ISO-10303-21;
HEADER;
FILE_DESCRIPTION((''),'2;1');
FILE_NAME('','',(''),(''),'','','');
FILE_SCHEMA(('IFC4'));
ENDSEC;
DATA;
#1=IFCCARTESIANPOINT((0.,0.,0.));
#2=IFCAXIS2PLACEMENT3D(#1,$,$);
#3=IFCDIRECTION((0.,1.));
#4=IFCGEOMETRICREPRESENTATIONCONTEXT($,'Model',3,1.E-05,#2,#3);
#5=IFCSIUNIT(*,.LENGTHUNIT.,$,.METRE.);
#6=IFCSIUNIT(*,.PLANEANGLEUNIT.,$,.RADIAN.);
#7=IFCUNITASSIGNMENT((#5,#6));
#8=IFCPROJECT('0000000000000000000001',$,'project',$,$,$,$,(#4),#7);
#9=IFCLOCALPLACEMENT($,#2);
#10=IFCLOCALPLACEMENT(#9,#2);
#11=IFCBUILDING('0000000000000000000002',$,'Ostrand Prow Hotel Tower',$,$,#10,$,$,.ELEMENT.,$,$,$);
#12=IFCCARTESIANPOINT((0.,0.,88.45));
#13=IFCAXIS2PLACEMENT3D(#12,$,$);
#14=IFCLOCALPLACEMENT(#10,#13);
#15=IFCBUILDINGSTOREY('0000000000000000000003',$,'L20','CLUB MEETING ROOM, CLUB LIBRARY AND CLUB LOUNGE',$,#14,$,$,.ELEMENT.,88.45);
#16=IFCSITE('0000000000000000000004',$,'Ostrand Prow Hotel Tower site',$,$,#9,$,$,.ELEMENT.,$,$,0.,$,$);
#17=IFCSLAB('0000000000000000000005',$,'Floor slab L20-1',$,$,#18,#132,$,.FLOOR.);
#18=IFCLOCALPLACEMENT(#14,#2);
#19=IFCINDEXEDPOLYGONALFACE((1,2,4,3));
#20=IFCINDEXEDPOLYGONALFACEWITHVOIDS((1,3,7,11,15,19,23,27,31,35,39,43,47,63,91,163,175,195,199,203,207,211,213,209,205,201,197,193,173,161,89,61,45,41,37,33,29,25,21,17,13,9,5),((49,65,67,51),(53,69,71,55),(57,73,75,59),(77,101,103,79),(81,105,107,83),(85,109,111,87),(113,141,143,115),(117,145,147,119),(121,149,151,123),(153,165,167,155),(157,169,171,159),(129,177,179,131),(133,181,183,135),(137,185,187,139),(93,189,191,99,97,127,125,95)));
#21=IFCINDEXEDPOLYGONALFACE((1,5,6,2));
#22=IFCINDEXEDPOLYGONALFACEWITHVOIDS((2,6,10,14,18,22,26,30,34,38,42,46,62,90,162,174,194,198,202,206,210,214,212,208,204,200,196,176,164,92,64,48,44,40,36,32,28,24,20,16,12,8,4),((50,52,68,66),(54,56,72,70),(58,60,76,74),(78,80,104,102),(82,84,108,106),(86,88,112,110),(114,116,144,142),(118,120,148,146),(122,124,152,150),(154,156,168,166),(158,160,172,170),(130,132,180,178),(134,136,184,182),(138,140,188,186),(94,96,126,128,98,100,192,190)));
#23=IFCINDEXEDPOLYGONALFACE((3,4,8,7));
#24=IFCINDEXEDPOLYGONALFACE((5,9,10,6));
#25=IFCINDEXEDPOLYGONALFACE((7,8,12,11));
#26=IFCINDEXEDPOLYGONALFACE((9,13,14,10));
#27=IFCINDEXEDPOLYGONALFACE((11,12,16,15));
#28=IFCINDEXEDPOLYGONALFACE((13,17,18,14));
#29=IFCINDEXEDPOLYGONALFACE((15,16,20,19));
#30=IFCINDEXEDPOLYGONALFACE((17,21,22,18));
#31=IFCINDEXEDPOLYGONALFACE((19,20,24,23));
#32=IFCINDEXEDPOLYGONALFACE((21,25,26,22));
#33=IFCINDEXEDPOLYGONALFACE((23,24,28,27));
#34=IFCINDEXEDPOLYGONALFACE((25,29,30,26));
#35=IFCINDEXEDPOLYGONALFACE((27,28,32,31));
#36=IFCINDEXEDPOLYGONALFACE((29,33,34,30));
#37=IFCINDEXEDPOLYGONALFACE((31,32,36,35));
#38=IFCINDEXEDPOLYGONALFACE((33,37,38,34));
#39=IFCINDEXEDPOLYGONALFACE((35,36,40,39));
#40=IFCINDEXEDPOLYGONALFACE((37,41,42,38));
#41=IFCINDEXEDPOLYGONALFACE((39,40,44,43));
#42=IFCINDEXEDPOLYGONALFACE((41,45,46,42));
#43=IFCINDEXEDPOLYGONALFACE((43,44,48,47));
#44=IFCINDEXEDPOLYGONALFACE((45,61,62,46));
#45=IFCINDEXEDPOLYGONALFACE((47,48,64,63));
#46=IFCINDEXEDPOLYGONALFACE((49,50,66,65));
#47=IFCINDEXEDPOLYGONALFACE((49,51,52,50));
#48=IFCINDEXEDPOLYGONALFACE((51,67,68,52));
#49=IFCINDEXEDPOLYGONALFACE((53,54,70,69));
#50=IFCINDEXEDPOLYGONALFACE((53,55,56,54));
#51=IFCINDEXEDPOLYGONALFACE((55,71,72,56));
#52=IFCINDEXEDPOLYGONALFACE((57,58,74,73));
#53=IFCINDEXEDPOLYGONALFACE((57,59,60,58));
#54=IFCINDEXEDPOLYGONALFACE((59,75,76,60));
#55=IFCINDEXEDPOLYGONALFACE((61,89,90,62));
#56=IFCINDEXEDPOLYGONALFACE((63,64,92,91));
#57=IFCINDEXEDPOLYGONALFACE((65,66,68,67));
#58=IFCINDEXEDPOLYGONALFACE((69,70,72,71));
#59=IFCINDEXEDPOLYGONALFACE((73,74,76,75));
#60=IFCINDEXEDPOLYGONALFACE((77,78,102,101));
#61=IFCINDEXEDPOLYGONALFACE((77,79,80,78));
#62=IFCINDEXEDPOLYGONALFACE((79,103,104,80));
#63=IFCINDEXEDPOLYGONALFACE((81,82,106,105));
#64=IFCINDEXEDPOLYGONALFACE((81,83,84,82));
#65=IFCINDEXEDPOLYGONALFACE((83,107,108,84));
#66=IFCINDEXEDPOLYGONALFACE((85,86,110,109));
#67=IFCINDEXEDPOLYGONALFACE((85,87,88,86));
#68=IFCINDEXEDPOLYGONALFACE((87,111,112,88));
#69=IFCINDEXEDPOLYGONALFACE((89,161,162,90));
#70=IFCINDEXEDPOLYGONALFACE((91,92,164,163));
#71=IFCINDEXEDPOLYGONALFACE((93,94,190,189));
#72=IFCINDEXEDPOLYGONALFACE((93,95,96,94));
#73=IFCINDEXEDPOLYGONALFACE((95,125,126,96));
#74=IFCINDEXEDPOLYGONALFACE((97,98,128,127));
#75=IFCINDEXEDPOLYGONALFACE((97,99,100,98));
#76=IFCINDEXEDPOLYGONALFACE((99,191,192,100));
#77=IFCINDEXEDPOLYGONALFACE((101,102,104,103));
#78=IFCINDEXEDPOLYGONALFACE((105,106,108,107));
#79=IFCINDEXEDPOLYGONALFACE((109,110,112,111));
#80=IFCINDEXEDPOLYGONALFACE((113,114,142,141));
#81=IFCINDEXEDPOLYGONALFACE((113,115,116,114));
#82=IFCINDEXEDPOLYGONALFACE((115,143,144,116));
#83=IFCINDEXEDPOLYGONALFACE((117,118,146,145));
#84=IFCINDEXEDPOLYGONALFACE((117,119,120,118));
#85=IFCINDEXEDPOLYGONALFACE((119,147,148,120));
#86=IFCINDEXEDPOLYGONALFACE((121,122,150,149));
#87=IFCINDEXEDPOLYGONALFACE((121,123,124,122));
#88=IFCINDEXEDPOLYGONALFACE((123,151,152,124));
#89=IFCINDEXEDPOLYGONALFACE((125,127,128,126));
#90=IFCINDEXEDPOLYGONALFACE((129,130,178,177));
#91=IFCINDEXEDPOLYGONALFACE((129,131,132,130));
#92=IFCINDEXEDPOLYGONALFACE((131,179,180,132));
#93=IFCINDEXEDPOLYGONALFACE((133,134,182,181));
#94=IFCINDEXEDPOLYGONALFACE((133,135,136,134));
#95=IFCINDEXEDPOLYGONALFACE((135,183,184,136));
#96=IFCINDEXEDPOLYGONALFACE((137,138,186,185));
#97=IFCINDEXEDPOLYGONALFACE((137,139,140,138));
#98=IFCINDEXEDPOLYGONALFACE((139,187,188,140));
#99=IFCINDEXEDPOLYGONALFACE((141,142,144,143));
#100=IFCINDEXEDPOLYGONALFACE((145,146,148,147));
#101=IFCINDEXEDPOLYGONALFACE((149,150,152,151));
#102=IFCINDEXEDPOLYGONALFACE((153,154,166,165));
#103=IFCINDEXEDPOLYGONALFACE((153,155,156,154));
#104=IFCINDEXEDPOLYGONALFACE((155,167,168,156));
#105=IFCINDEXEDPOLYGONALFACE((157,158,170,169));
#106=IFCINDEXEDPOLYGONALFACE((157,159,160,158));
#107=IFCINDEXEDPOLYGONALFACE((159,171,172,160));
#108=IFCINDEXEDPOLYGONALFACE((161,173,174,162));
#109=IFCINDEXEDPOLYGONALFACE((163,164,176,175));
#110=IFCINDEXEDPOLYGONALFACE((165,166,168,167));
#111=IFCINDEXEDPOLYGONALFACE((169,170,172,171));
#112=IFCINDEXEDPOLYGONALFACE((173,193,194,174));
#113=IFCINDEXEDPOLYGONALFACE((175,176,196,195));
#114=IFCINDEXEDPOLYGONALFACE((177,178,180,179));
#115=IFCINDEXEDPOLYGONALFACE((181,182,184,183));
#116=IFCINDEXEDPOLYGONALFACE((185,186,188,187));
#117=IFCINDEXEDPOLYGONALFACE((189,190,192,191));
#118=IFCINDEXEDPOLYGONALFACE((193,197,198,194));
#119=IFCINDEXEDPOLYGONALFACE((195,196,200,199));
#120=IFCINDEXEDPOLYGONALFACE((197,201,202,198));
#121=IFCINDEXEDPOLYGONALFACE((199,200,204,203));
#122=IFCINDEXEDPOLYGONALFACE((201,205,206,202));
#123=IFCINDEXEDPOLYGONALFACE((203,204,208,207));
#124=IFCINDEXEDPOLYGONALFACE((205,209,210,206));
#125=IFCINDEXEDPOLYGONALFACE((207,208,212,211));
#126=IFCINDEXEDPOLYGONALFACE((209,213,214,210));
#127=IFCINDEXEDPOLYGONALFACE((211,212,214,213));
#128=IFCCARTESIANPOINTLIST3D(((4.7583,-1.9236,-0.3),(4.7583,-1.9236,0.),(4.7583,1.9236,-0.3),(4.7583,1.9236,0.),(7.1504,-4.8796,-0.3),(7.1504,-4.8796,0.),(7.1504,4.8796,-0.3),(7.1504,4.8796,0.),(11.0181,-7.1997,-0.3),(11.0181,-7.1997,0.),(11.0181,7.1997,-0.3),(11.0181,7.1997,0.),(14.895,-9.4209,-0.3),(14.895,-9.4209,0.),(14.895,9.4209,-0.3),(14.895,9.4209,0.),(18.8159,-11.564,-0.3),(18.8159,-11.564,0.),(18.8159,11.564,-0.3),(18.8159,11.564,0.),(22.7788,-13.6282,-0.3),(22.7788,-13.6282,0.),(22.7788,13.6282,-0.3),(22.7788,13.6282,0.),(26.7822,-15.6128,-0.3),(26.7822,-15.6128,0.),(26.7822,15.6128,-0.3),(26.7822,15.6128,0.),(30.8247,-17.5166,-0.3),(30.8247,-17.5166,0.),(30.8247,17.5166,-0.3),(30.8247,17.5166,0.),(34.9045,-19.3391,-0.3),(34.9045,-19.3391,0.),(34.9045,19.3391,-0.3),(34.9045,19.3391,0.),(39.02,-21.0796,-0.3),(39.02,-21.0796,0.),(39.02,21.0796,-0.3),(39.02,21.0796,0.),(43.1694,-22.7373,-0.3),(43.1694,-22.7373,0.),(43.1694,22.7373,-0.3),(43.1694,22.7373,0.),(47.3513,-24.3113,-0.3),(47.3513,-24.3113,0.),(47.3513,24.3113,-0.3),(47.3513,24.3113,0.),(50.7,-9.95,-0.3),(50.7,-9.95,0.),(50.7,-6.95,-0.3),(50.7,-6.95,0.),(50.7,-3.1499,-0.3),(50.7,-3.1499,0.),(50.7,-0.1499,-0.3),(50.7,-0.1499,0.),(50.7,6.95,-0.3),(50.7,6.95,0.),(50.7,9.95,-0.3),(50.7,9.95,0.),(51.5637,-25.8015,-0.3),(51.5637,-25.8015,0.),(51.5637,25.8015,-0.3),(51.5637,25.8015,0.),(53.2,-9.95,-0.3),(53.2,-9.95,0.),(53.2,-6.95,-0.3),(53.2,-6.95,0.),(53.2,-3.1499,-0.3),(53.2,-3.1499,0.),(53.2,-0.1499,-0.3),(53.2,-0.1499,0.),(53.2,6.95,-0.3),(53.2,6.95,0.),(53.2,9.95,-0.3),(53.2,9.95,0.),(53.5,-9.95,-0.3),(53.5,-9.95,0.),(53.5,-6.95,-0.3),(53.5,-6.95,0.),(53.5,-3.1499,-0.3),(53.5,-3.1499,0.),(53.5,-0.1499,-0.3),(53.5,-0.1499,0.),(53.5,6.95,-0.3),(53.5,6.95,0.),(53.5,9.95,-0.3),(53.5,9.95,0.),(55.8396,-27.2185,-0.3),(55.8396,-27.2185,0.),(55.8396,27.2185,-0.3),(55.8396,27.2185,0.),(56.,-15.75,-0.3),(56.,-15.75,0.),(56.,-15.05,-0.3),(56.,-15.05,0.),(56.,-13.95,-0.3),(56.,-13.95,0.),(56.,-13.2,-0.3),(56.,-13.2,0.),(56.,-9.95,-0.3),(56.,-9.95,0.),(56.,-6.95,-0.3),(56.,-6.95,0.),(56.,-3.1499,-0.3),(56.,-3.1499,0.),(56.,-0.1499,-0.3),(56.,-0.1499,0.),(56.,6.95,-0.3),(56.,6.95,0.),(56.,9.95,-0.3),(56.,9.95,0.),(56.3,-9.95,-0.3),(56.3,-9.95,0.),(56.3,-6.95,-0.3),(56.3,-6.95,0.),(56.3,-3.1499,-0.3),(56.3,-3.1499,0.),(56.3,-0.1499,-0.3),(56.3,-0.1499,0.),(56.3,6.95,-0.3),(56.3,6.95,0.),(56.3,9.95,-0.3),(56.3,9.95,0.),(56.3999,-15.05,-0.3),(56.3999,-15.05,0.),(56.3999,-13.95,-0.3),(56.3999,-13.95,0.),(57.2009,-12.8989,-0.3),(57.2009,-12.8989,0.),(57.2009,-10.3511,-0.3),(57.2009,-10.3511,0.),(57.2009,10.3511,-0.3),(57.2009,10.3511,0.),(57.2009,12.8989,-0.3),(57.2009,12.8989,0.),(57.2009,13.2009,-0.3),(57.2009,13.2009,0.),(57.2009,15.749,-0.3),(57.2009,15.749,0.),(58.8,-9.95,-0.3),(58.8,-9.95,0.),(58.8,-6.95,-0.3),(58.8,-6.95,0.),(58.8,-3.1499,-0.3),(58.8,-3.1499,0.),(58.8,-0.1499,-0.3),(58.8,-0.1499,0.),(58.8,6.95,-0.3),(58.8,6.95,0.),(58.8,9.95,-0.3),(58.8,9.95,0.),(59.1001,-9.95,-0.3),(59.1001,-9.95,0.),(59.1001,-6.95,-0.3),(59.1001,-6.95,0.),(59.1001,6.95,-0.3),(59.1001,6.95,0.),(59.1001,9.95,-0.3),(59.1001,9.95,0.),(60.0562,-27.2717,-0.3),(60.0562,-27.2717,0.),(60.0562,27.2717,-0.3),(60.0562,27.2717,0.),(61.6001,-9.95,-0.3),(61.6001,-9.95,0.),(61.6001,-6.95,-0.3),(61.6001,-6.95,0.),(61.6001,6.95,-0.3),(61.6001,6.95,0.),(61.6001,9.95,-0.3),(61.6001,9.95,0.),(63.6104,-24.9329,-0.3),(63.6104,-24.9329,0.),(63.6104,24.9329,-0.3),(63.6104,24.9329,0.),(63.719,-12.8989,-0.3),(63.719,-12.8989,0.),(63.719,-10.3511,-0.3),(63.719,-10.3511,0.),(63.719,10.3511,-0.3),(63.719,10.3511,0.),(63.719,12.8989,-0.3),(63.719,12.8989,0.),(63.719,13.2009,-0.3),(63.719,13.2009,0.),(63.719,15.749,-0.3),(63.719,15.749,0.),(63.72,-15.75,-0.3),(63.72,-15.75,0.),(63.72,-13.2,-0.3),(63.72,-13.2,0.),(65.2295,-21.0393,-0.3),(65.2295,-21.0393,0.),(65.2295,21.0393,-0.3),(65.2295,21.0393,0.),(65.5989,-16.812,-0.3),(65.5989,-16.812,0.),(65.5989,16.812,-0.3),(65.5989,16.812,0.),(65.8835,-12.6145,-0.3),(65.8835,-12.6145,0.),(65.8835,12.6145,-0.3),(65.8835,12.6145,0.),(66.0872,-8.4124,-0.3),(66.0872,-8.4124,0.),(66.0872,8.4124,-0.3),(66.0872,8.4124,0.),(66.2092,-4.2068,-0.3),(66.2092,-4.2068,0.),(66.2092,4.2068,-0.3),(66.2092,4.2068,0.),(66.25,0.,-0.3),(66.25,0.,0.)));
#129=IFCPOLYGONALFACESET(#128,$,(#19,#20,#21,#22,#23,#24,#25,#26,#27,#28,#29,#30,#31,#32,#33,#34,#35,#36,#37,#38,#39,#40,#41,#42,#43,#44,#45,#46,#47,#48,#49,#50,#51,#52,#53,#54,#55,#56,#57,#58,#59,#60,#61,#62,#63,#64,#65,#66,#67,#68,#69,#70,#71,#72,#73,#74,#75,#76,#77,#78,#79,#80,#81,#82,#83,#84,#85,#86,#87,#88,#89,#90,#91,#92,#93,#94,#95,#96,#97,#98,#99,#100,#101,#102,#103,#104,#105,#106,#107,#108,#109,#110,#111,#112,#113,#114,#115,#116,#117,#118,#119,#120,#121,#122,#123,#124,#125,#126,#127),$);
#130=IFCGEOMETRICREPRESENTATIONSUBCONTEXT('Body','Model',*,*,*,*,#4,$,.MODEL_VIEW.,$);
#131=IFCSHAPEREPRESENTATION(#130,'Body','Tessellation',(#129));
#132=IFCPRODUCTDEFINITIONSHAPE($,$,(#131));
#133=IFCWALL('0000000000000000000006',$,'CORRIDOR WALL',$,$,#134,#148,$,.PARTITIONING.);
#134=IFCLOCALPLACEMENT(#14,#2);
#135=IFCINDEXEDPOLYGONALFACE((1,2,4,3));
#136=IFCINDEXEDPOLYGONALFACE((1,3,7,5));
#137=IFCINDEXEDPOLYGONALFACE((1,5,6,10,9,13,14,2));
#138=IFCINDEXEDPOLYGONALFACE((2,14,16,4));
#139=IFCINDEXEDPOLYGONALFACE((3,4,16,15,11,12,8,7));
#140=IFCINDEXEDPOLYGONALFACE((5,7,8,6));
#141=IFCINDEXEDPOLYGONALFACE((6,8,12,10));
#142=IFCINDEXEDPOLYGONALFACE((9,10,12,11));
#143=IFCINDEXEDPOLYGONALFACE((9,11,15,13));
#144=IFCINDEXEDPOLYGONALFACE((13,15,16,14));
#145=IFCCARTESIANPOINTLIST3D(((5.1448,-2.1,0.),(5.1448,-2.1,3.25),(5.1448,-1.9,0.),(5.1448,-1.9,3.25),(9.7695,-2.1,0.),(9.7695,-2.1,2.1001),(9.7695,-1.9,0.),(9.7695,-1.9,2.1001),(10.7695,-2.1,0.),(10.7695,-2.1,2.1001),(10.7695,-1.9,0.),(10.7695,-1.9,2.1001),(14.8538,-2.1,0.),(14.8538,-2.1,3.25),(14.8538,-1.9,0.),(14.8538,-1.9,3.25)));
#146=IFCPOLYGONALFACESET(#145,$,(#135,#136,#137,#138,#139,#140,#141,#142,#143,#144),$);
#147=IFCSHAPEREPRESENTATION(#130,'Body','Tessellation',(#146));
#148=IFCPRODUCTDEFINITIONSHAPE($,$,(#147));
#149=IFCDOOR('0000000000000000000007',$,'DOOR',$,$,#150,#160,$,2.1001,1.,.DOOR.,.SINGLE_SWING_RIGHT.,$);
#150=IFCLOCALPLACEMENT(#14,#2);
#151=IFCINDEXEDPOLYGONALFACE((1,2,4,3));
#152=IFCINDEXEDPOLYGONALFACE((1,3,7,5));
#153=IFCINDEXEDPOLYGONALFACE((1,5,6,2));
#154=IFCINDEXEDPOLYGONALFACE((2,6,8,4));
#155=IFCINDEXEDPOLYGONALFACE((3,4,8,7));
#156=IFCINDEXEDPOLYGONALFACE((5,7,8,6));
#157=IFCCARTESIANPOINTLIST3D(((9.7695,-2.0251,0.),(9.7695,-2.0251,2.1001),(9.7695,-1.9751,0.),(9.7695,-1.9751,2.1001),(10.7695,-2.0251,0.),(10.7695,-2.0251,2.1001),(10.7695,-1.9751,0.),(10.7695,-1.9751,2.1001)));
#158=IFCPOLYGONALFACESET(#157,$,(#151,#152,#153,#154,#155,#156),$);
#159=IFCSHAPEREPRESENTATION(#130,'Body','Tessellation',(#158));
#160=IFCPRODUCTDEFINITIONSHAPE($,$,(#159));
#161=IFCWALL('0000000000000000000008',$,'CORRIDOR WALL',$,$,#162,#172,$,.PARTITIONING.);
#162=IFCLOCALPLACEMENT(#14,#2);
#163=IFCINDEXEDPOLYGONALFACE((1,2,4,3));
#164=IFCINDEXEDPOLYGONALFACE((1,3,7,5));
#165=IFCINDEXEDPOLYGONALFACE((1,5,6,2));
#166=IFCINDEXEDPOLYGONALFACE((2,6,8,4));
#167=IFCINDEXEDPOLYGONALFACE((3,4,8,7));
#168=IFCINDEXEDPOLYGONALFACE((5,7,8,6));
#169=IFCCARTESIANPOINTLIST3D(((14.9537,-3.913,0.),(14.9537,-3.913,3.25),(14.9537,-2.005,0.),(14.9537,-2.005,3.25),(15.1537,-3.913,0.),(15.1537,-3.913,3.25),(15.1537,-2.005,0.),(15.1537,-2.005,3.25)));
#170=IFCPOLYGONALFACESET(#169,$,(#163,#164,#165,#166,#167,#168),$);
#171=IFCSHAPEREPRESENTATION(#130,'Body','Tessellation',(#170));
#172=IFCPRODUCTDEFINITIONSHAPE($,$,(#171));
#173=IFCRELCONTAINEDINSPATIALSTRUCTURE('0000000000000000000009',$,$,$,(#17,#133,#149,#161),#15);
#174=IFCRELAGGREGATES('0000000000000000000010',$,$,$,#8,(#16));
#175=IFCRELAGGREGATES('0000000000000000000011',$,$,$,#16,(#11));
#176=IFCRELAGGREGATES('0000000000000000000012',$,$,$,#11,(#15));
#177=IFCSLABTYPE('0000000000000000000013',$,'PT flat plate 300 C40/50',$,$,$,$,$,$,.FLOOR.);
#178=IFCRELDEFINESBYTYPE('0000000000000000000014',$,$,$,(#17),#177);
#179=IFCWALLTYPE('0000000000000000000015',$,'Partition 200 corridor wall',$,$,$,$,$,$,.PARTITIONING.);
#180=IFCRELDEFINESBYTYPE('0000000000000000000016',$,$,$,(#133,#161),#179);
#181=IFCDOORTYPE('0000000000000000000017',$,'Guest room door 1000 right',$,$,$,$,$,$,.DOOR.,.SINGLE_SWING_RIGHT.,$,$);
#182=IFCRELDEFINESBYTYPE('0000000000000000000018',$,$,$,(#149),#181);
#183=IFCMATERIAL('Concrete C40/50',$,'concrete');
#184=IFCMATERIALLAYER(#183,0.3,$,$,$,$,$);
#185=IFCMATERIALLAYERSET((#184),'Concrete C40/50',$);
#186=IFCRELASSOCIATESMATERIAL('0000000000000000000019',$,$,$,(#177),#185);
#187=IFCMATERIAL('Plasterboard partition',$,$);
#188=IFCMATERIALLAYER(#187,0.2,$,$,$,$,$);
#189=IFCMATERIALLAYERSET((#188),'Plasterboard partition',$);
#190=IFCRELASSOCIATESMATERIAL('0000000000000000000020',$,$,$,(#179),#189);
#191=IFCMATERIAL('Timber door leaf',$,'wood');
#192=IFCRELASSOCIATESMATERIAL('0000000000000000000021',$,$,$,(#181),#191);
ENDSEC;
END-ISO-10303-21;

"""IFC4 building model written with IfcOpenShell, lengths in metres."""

from ifc_helpers import new_model, si_unit, direction, frame, frame_2d, origin, place, context, subcontext, project, spatial, polyline, rectangle, outline, extrude, material, layer, layer_set, type_object, element, fill, save


model = new_model("IFC4")

# Units and contexts
model_context = context("Model", 3, precision=1e-05, world=origin(), true_north=direction((0.0, 1.0)))
body_context = subcontext(model_context, "Body", "Model", "MODEL_VIEW")
ifc_project = project(units=[si_unit("LENGTHUNIT", "METRE"), si_unit("PLANEANGLEUNIT", "RADIAN")], contexts=[model_context])

# Site, building, storey
site_placement = place(None, origin())
site = spatial("IfcSite", under=ifc_project, at=site_placement, Name="Ostrand Prow Hotel Tower site", CompositionType="ELEMENT", RefElevation=0.0)
building_placement = place(site_placement, origin())
building = spatial("IfcBuilding", under=site, at=building_placement, Name="Ostrand Prow Hotel Tower", CompositionType="ELEMENT")
storey_placement = place(building_placement, frame((0.0, 0.0, 88.45)))
storey = spatial("IfcBuildingStorey", under=building, at=storey_placement, Name="L20", Description="CLUB MEETING ROOM, CLUB LIBRARY AND CLUB LOUNGE", CompositionType="ELEMENT", Elevation=88.45)

# Slab, opening
ifc_material_1 = material(Name="Concrete C40/50", Category="concrete")
ifc_layer_1 = layer(ifc_material_1, 0.3)
ifc_layer_set_1 = layer_set([ifc_layer_1], Name="Concrete C40/50")
slab_type = type_object("IfcSlabType", Name="PT flat plate 300 C40/50", PredefinedType="FLOOR", material=ifc_layer_set_1)
slab_placement = place(storey_placement, frame((0.0, 0.0, -0.3)))
slab = element("IfcSlab", 1, at=slab_placement, inside=storey, type_object=slab_type, Name="Floor slab L20-1", PredefinedType="FLOOR", context=body_context, shape_type="SweptSolid", body=[
    extrude(outline(polyline([(7.1504, 4.8796), (11.0181, 7.1997), (14.895, 9.4209), (18.8159, 11.564), (22.7788, 13.6282), (26.7822, 15.6128), (30.8247, 17.5166), (34.9045, 19.3391), (39.02, 21.0796), (43.1694, 22.7373), (47.3513, 24.3113), (51.5637, 25.8015), (55.8396, 27.2185), (60.0562, 27.2717), (63.6104, 24.9329), (65.2295, 21.0393), (65.5989, 16.812), (65.8835, 12.6145), (66.0872, 8.4124), (66.2092, 4.2068), (66.25, 0.0), (66.2092, -4.2068), (66.0872, -8.4124), (65.8835, -12.6145), (65.5989, -16.812), (65.2295, -21.0393), (63.6104, -24.9329), (60.0562, -27.2717), (55.8396, -27.2185), (51.5637, -25.8015), (47.3513, -24.3113), (43.1694, -22.7373), (39.02, -21.0796), (34.9045, -19.3391), (30.8247, -17.5166), (26.7822, -15.6128), (22.7788, -13.6282), (18.8159, -11.564), (14.895, -9.4209), (11.0181, -7.1997), (7.1504, -4.8796), (4.7583, -1.9236), (4.7583, 1.9236), (7.1504, 4.8796)]), holes=[polyline([(50.7, 6.95), (53.2, 6.95), (53.2, 9.95), (50.7, 9.95), (50.7, 6.95)]), polyline([(53.5, 6.95), (56.0, 6.95), (56.0, 9.95), (53.5, 9.95), (53.5, 6.95)]), polyline([(56.3, 6.95), (58.8, 6.95), (58.8, 9.95), (56.3, 9.95), (56.3, 6.95)]), polyline([(59.1001, 6.95), (61.6001, 6.95), (61.6001, 9.95), (59.1001, 9.95), (59.1001, 6.95)]), polyline([(50.7, -3.1499), (53.2, -3.1499), (53.2, -0.1499), (50.7, -0.1499), (50.7, -3.1499)]), polyline([(53.5, -3.1499), (56.0, -3.1499), (56.0, -0.1499), (53.5, -0.1499), (53.5, -3.1499)]), polyline([(56.3, -3.1499), (58.8, -3.1499), (58.8, -0.1499), (56.3, -0.1499), (56.3, -3.1499)]), polyline([(50.7, -9.95), (53.2, -9.95), (53.2, -6.95), (50.7, -6.95), (50.7, -9.95)]), polyline([(53.5, -9.95), (56.0, -9.95), (56.0, -6.95), (53.5, -6.95), (53.5, -9.95)]), polyline([(56.3, -9.95), (58.8, -9.95), (58.8, -6.95), (56.3, -6.95), (56.3, -9.95)]), polyline([(59.1001, -9.95), (61.6001, -9.95), (61.6001, -6.95), (59.1001, -6.95), (59.1001, -9.95)]), polyline([(57.2009, 10.3511), (57.2009, 12.8989), (63.719, 12.8989), (63.719, 10.3511), (57.2009, 10.3511)]), polyline([(57.2009, 13.2009), (57.2009, 15.749), (63.719, 15.749), (63.719, 13.2009), (57.2009, 13.2009)]), polyline([(57.2009, -12.8989), (57.2009, -10.3511), (63.719, -10.3511), (63.719, -12.8989), (57.2009, -12.8989)]), polyline([(56.0, -13.2), (63.72, -13.2), (63.72, -15.75), (56.0, -15.75), (56.0, -15.05), (56.3999, -15.05), (56.3999, -13.95), (56.0, -13.95), (56.0, -13.2)])]), origin(), (0.0, 0.0, 1.0), 0.3),
])
opening_1_placement = place(slab_placement, origin())
element("IfcOpeningElement", 2, at=opening_1_placement, cuts=slab, PredefinedType="OPENING", context=body_context, shape_type="SweptSolid", body=[
    extrude(outline(polyline([(56.0, -13.2), (63.72, -13.2), (63.72, -15.75), (56.0, -15.75), (56.0, -15.05), (56.3999, -15.05), (56.3999, -13.95), (56.0, -13.95), (56.0, -13.2)])), origin(), (0.0, 0.0, 1.0), 0.3),
])

# Wall, opening, door
ifc_material_2 = material(Name="Plasterboard partition")
ifc_layer_2 = layer(ifc_material_2, 0.2)
ifc_layer_set_2 = layer_set([ifc_layer_2], Name="Plasterboard partition")
wall_type_1 = type_object("IfcWallType", Name="Partition 200 corridor wall", PredefinedType="PARTITIONING", material=ifc_layer_set_2)
wall_1_placement = place(storey_placement, frame((5.1448, -2.0, 0.0), z_axis=(0.0, 0.0, 1.0), x_axis=(1.0, 0.0, 0.0)))
wall_1 = element("IfcWall", 3, at=wall_1_placement, inside=storey, type_object=wall_type_1, Name="CORRIDOR WALL", PredefinedType="PARTITIONING", context=body_context, shape_type="SweptSolid", body=[
    extrude(rectangle(XDim=9.709, YDim=0.2, at=frame_2d((4.8545, 0.0))), origin(), (0.0, 0.0, 1.0), 3.25),
])
opening_2_placement = place(wall_1_placement, frame((4.6248, 0.0, 0.0)))
opening_2 = element("IfcOpeningElement", 4, at=opening_2_placement, cuts=wall_1, PredefinedType="OPENING", context=body_context, shape_type="SweptSolid", body=[
    extrude(rectangle(XDim=1.0, YDim=2.1001, at=frame_2d((0.5, 1.05))), frame((0.0, 0.1099, 0.0), z_axis=(0.0, -1.0, 0.0), x_axis=(1.0, 0.0, 0.0)), (0.0, 0.0, 1.0), 0.22),
])
ifc_material_3 = material(Name="Timber door leaf", Category="wood")
door_type = type_object("IfcDoorType", Name="Guest room door 1000 right", OperationType="SINGLE_SWING_RIGHT", PredefinedType="DOOR", material=ifc_material_3)
door_placement = place(opening_2_placement, origin())
door = element("IfcDoor", 5, at=door_placement, inside=storey, type_object=door_type, Name="DOOR", OperationType="SINGLE_SWING_RIGHT", OverallHeight=2.1001, OverallWidth=1.0, PredefinedType="DOOR", context=body_context, shape_type="SweptSolid", body=[
    extrude(rectangle(XDim=1.0, YDim=2.1001, at=frame_2d((0.5, 1.05))), frame((0.0, 0.0249, 0.0), z_axis=(0.0, -1.0, 0.0), x_axis=(1.0, 0.0, 0.0)), (0.0, 0.0, 1.0), 0.05),
])
fill(opening_2, door)

# Wall
wall_2_placement = place(storey_placement, frame((15.0537, -2.0049, 0.0), z_axis=(0.0, 0.0, 1.0), x_axis=(0.0, -1.0, 0.0)))
element("IfcWall", 6, at=wall_2_placement, inside=storey, type_object=wall_type_1, Name="CORRIDOR WALL", PredefinedType="PARTITIONING", context=body_context, shape_type="SweptSolid", body=[
    extrude(rectangle(XDim=1.908, YDim=0.2, at=frame_2d((0.9541, 0.0))), origin(), (0.0, 0.0, 1.0), 3.25),
])

save(model, "model.ifc")
